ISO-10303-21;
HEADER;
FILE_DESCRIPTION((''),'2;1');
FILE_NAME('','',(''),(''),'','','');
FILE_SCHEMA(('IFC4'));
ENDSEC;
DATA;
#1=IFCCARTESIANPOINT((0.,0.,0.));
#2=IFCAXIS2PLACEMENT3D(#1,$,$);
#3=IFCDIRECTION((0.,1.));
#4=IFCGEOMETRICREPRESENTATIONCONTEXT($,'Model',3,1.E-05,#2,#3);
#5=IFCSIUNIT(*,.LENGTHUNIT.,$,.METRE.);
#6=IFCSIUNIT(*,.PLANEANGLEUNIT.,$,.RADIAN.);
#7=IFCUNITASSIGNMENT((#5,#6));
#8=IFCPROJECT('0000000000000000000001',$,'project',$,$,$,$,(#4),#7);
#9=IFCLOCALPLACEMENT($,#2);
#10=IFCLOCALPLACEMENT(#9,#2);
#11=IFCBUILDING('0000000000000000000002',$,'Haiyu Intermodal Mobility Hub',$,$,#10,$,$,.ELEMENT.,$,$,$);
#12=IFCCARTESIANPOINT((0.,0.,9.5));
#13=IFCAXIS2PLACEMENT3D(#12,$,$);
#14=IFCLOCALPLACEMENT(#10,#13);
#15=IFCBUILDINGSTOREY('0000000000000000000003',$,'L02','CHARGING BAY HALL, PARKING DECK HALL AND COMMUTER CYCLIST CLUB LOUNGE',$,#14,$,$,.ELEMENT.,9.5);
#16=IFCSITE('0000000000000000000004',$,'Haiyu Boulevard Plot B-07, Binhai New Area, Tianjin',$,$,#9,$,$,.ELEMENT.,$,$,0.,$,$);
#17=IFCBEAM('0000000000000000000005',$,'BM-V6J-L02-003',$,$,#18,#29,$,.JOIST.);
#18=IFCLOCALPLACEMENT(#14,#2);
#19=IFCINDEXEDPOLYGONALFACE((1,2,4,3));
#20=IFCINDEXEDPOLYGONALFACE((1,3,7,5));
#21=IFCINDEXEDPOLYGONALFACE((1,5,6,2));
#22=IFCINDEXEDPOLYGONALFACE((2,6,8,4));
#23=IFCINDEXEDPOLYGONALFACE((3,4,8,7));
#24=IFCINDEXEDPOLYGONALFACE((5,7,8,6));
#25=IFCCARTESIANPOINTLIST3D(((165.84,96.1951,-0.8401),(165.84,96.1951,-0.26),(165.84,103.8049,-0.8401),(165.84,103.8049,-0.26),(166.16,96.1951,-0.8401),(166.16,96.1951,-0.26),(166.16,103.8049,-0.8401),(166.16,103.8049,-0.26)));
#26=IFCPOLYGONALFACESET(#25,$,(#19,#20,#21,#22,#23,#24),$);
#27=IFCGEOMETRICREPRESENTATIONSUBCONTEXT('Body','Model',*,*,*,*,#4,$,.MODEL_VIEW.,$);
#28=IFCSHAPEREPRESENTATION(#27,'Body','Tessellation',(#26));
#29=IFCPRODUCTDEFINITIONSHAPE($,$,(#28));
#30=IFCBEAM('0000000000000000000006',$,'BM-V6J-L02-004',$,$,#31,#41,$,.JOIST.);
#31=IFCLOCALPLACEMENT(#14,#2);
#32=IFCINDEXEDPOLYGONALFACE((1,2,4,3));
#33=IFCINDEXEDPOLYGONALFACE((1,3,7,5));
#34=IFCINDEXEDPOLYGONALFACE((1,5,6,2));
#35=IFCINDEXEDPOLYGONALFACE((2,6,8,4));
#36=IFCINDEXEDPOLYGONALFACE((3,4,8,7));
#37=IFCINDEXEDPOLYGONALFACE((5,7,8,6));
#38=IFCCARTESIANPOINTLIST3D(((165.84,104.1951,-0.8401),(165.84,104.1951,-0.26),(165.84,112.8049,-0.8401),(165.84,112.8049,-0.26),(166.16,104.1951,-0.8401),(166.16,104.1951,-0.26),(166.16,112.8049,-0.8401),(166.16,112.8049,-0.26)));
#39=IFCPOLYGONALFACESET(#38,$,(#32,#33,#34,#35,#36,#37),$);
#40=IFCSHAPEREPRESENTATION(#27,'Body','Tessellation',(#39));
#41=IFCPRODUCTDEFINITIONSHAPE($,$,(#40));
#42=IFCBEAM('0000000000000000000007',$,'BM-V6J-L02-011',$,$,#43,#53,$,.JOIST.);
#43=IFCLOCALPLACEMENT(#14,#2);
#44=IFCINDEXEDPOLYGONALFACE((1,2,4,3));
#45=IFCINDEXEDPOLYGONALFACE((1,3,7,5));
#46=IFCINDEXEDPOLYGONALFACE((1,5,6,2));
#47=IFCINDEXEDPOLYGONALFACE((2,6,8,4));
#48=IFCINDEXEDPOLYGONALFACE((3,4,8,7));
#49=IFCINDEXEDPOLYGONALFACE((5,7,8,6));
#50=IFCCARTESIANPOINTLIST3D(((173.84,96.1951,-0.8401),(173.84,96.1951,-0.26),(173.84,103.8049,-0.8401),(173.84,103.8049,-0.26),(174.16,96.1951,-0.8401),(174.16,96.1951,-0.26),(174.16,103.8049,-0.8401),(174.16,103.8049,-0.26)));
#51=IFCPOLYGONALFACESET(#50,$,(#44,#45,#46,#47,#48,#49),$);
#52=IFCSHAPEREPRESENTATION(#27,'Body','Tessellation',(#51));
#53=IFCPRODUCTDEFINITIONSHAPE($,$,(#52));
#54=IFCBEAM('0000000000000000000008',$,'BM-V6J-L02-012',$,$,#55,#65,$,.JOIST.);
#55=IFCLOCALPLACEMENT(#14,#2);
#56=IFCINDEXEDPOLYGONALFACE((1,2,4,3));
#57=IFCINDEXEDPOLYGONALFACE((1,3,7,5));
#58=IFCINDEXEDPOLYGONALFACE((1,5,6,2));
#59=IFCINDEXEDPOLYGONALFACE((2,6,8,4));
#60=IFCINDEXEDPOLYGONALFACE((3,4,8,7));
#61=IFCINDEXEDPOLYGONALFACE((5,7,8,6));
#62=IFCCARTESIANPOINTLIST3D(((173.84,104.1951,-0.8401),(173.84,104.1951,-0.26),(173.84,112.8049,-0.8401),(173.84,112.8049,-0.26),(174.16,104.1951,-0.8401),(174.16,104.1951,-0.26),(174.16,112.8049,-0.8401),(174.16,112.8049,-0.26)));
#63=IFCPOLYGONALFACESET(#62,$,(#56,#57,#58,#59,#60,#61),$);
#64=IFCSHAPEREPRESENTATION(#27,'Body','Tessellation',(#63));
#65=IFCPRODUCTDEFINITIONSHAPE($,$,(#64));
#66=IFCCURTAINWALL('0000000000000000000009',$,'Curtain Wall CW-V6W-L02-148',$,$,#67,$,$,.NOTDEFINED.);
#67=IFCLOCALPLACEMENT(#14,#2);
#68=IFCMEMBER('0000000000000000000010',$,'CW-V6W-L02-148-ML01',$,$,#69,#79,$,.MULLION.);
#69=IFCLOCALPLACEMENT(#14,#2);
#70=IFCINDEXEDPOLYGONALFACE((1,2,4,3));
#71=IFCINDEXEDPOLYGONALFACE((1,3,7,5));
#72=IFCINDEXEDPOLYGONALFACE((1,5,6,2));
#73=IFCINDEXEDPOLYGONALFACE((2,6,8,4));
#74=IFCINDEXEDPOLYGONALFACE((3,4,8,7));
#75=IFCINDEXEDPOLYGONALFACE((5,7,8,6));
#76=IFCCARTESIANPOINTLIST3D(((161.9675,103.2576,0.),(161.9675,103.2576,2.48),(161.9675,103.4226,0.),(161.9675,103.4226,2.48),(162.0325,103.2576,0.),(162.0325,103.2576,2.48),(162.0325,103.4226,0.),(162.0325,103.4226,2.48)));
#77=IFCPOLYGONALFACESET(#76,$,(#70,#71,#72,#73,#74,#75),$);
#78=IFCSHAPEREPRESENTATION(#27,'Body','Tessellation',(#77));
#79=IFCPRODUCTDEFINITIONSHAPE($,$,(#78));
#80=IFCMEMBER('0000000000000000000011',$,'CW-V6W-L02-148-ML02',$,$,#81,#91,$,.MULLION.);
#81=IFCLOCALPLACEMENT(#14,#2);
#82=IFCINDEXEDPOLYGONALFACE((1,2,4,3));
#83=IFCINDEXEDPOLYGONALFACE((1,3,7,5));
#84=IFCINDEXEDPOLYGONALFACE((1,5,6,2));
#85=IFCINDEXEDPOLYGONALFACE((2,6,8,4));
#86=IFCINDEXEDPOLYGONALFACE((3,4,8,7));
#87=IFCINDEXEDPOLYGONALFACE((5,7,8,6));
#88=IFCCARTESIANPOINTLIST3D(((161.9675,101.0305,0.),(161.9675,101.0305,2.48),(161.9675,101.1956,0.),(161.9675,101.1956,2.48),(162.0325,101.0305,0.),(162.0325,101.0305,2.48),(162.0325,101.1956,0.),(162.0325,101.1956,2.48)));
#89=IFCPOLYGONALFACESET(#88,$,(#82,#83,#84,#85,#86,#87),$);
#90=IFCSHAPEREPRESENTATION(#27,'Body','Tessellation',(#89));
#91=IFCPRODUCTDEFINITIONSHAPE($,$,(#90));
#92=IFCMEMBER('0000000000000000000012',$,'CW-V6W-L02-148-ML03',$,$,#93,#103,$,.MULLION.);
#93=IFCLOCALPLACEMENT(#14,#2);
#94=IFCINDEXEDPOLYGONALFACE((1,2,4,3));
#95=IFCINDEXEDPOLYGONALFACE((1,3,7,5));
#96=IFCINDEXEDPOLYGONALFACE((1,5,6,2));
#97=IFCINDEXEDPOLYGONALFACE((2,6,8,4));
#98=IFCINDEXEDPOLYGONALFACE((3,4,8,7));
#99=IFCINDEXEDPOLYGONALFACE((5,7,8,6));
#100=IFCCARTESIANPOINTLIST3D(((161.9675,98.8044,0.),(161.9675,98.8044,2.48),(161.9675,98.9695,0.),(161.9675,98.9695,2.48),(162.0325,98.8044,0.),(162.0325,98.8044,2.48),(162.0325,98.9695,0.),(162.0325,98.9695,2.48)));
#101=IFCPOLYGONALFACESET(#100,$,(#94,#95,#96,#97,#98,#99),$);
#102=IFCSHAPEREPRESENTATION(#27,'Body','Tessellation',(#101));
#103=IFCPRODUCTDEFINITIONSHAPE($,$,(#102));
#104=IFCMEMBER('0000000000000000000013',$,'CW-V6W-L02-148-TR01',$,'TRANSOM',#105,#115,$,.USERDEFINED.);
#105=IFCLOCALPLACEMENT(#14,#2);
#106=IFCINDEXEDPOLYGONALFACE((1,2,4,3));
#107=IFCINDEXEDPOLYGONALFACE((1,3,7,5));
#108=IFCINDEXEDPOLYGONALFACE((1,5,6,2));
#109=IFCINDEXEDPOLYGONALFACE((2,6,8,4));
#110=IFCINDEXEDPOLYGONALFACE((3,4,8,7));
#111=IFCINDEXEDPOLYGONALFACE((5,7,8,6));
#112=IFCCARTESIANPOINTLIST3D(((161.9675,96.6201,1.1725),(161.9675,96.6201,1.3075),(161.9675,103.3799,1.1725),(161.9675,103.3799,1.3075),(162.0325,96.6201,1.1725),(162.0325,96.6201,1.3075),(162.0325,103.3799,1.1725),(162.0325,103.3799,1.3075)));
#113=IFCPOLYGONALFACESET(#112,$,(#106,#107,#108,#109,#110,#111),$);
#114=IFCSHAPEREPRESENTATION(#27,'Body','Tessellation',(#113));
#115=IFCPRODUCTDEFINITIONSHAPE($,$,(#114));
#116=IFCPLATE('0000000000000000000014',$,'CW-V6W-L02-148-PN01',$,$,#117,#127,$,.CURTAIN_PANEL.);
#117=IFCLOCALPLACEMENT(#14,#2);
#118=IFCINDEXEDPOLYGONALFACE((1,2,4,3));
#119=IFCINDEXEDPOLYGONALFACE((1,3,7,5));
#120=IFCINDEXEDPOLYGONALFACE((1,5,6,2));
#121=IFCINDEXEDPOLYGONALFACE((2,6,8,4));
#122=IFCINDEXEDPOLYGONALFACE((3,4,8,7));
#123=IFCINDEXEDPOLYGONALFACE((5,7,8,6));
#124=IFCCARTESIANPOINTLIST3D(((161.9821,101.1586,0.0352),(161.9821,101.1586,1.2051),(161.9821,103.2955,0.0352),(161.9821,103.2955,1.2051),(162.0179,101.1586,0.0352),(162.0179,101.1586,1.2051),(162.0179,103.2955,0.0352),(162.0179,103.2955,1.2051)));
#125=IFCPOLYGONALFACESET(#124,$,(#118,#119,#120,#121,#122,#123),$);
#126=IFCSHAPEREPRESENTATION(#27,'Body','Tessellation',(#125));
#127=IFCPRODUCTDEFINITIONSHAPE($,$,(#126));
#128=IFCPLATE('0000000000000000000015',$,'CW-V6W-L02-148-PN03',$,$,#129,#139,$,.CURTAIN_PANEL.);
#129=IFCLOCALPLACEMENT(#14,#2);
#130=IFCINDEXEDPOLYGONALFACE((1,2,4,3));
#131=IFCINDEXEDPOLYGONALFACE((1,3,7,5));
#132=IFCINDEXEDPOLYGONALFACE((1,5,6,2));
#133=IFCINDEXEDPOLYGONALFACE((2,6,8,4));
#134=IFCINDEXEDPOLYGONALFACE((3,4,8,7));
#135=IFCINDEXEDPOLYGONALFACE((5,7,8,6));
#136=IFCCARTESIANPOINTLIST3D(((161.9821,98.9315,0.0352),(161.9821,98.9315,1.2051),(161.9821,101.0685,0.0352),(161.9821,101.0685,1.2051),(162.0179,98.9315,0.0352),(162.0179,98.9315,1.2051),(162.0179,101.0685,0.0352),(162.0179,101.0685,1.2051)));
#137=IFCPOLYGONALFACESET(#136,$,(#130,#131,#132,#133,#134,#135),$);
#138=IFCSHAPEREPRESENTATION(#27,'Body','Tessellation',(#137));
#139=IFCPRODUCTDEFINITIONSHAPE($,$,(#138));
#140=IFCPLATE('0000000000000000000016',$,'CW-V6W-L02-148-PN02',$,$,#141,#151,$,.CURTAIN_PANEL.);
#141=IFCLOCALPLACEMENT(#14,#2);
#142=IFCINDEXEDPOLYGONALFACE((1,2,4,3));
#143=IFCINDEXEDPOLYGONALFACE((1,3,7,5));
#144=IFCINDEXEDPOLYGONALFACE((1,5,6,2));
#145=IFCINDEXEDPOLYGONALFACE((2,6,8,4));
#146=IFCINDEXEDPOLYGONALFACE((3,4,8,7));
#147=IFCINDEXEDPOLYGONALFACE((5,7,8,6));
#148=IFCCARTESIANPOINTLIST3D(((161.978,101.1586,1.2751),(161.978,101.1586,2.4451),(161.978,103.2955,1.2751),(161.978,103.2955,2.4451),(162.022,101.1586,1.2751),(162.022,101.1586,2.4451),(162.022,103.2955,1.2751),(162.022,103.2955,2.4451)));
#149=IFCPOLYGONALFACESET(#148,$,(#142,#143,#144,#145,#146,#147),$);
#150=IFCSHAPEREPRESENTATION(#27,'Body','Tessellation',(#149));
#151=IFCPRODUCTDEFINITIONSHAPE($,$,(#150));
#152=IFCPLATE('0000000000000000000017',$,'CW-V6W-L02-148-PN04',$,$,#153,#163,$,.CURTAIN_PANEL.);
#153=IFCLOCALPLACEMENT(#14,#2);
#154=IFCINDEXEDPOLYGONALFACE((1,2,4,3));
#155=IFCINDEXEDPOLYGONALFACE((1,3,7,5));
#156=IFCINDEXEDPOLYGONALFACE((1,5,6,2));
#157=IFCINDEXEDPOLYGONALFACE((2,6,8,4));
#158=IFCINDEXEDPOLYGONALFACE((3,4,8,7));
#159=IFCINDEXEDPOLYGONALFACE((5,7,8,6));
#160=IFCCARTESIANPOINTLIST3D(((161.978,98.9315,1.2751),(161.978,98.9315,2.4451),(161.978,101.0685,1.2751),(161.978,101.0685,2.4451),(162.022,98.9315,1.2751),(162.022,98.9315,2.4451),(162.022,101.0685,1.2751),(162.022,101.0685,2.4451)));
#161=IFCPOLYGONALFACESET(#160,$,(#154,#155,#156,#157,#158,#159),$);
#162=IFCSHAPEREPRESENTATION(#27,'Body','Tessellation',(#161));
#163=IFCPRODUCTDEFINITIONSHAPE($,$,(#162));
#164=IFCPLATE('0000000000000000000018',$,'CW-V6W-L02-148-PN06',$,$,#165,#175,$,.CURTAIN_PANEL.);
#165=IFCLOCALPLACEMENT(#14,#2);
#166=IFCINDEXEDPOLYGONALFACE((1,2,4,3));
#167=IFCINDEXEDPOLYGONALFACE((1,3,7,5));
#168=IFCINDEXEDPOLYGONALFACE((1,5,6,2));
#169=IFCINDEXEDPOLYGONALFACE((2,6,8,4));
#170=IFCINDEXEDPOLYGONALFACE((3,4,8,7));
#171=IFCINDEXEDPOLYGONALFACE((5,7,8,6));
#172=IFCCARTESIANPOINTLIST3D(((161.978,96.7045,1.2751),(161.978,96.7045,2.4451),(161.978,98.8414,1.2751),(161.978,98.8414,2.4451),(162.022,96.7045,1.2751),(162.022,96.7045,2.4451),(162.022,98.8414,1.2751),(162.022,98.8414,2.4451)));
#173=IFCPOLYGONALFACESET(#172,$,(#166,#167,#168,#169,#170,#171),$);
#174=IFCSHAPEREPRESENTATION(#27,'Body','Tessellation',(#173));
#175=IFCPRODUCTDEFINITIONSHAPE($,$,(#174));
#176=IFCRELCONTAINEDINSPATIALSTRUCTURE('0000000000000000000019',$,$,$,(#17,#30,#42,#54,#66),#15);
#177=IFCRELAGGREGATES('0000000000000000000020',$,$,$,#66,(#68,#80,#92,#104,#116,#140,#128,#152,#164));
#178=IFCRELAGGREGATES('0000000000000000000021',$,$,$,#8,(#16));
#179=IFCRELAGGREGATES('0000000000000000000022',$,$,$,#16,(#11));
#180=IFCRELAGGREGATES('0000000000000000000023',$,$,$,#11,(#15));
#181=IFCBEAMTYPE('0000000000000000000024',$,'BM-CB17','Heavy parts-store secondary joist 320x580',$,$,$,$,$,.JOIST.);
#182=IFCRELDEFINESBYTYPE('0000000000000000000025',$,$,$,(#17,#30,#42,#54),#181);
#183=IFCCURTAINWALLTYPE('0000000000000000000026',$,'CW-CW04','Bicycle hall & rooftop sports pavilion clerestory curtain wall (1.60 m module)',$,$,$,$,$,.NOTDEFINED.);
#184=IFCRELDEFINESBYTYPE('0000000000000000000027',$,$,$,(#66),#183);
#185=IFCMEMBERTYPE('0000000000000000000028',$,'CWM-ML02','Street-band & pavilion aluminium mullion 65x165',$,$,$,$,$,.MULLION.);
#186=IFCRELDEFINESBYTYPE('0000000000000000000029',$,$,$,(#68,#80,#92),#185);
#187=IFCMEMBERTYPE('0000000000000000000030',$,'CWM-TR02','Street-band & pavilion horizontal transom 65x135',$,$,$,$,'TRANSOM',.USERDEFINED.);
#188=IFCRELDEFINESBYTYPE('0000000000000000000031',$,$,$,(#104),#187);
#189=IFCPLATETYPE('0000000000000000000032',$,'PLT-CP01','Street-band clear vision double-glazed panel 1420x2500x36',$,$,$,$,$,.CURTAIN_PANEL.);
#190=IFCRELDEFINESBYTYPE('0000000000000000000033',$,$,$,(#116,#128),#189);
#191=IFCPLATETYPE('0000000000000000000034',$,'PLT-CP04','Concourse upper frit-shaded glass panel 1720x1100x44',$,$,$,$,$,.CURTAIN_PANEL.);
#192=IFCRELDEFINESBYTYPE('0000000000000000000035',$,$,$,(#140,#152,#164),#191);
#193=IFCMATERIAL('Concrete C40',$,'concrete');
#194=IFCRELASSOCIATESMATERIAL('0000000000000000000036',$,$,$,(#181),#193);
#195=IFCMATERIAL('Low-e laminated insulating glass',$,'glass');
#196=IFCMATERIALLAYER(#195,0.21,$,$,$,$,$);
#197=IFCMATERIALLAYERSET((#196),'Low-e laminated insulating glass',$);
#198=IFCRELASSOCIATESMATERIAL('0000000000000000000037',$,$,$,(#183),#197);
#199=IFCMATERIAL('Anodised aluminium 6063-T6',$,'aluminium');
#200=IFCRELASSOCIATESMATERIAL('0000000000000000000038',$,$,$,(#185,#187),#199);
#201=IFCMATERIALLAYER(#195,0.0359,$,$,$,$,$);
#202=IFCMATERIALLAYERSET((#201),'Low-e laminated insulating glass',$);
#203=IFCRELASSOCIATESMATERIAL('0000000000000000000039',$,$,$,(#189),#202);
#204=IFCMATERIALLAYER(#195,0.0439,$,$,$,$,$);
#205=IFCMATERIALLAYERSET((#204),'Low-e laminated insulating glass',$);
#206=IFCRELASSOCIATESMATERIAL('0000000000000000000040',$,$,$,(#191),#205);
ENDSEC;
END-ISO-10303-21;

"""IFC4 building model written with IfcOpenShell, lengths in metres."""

from ifc_helpers import new_model, si_unit, direction, frame, origin, origin_2d, place, context, subcontext, project, spatial, rectangle, extrude, material, layer, layer_set, material_profile, profile_set, type_object, element, aggregate, save


model = new_model("IFC4")

# Units and contexts
model_context = context("Model", 3, precision=1e-05, world=origin(), true_north=direction((0.0, 1.0)))
body_context = subcontext(model_context, "Body", "Model", "MODEL_VIEW")
ifc_project = project(units=[si_unit("LENGTHUNIT", "METRE"), si_unit("PLANEANGLEUNIT", "RADIAN")], contexts=[model_context])

# Site, building, storey
site_placement = place(None, origin())
site = spatial("IfcSite", under=ifc_project, at=site_placement, Name="Haiyu Boulevard Plot B-07, Binhai New Area, Tianjin", CompositionType="ELEMENT", RefElevation=0.0)
building_placement = place(site_placement, origin())
building = spatial("IfcBuilding", under=site, at=building_placement, Name="Haiyu Intermodal Mobility Hub", CompositionType="ELEMENT")
storey_placement = place(building_placement, frame((0.0, 0.0, 9.5)))
storey = spatial("IfcBuildingStorey", under=building, at=storey_placement, Name="L02", Description="CHARGING BAY HALL, PARKING DECK HALL AND COMMUTER CYCLIST CLUB LOUNGE", CompositionType="ELEMENT", Elevation=9.5)

# Shared definitions
ifc_material_1 = material(Name="Concrete C40", Category="concrete")

# Beams
ifc_material_profile_1 = material_profile(ifc_material_1, rectangle(XDim=0.3201, YDim=0.5801, at=origin_2d()), Name="B320x580")
ifc_profile_set_1 = profile_set([ifc_material_profile_1], Name="Concrete C40")
beam_type_1 = type_object("IfcBeamType", Name="BM-CB17", Description="Heavy parts-store secondary joist 320x580", PredefinedType="JOIST", material=ifc_profile_set_1)
beam_1_placement = place(storey_placement, frame((166.0, 96.1951, -0.55), z_axis=(0.0, 1.0, 0.0), x_axis=(-1.0, 0.0, 0.0)))
element("IfcBeam", 1, at=beam_1_placement, inside=storey, type_object=beam_type_1, Name="BM-V6J-L02-003", PredefinedType="JOIST", context=body_context, shape_type="SweptSolid", body=[
    extrude(rectangle(XDim=0.3201, YDim=0.5801, at=origin_2d()), origin(), (0.0, 0.0, 1.0), 7.6099),
])
beam_2_placement = place(storey_placement, frame((166.0, 104.1951, -0.55), z_axis=(0.0, 1.0, 0.0), x_axis=(-1.0, 0.0, 0.0)))
element("IfcBeam", 2, at=beam_2_placement, inside=storey, type_object=beam_type_1, Name="BM-V6J-L02-004", PredefinedType="JOIST", context=body_context, shape_type="SweptSolid", body=[
    extrude(rectangle(XDim=0.3201, YDim=0.5801, at=origin_2d()), origin(), (0.0, 0.0, 1.0), 8.6099),
])
beam_3_placement = place(storey_placement, frame((174.0, 96.1951, -0.55), z_axis=(0.0, 1.0, 0.0), x_axis=(-1.0, 0.0, 0.0)))
element("IfcBeam", 3, at=beam_3_placement, inside=storey, type_object=beam_type_1, Name="BM-V6J-L02-011", PredefinedType="JOIST", context=body_context, shape_type="SweptSolid", body=[
    extrude(rectangle(XDim=0.3201, YDim=0.5801, at=origin_2d()), origin(), (0.0, 0.0, 1.0), 7.6099),
])
beam_4_placement = place(storey_placement, frame((174.0, 104.1951, -0.55), z_axis=(0.0, 1.0, 0.0), x_axis=(-1.0, 0.0, 0.0)))
element("IfcBeam", 4, at=beam_4_placement, inside=storey, type_object=beam_type_1, Name="BM-V6J-L02-012", PredefinedType="JOIST", context=body_context, shape_type="SweptSolid", body=[
    extrude(rectangle(XDim=0.3201, YDim=0.5801, at=origin_2d()), origin(), (0.0, 0.0, 1.0), 8.6099),
])

# Curtain wall, members, plates
ifc_material_2 = material(Name="Low-e laminated insulating glass", Category="glass")
ifc_layer_1 = layer(ifc_material_2, 0.21)
ifc_layer_set_1 = layer_set([ifc_layer_1], Name="Low-e laminated insulating glass")
curtain_wall_type = type_object("IfcCurtainWallType", Name="CW-CW04", Description="Bicycle hall & rooftop sports pavilion clerestory curtain wall (1.60 m module)", PredefinedType="NOTDEFINED", material=ifc_layer_set_1)
curtain_wall_placement = place(storey_placement, origin())
curtain_wall = element("IfcCurtainWall", 5, at=curtain_wall_placement, inside=storey, type_object=curtain_wall_type, Name="Curtain Wall CW-V6W-L02-148", PredefinedType="NOTDEFINED")
ifc_material_3 = material(Name="Anodised aluminium 6063-T6", Category="aluminium")
ifc_material_profile_2 = material_profile(ifc_material_3, rectangle(XDim=0.0649, YDim=0.165, at=origin_2d()), Name="ALU65x165")
ifc_profile_set_2 = profile_set([ifc_material_profile_2], Name="Anodised aluminium 6063-T6")
member_type_1 = type_object("IfcMemberType", Name="CWM-ML02", Description="Street-band & pavilion aluminium mullion 65x165", PredefinedType="MULLION", material=ifc_profile_set_2)
member_1_placement = place(storey_placement, frame((162.0, 103.3401, 0.0), z_axis=(0.0, 0.0, 1.0), x_axis=(1.0, 0.0, 0.0)))
member_1 = element("IfcMember", 6, at=member_1_placement, type_object=member_type_1, Name="CW-V6W-L02-148-ML01", PredefinedType="MULLION", context=body_context, shape_type="SweptSolid", body=[
    extrude(rectangle(XDim=0.0649, YDim=0.165, at=origin_2d()), origin(), (0.0, 0.0, 1.0), 2.48),
])
member_2_placement = place(storey_placement, frame((162.0, 101.113, 0.0), z_axis=(0.0, 0.0, 1.0), x_axis=(1.0, 0.0, 0.0)))
member_2 = element("IfcMember", 7, at=member_2_placement, type_object=member_type_1, Name="CW-V6W-L02-148-ML02", PredefinedType="MULLION", context=body_context, shape_type="SweptSolid", body=[
    extrude(rectangle(XDim=0.0649, YDim=0.165, at=origin_2d()), origin(), (0.0, 0.0, 1.0), 2.48),
])
member_3_placement = place(storey_placement, frame((162.0, 98.887, 0.0), z_axis=(0.0, 0.0, 1.0), x_axis=(1.0, 0.0, 0.0)))
member_3 = element("IfcMember", 8, at=member_3_placement, type_object=member_type_1, Name="CW-V6W-L02-148-ML03", PredefinedType="MULLION", context=body_context, shape_type="SweptSolid", body=[
    extrude(rectangle(XDim=0.0649, YDim=0.165, at=origin_2d()), origin(), (0.0, 0.0, 1.0), 2.48),
])
ifc_material_profile_3 = material_profile(ifc_material_3, rectangle(XDim=0.0649, YDim=0.135, at=origin_2d()), Name="ALU65x135")
ifc_profile_set_3 = profile_set([ifc_material_profile_3], Name="Anodised aluminium 6063-T6")
member_type_2 = type_object("IfcMemberType", Name="CWM-TR02", Description="Street-band & pavilion horizontal transom 65x135", ElementType="TRANSOM", PredefinedType="USERDEFINED", material=ifc_profile_set_3)
member_4_placement = place(storey_placement, frame((162.0, 103.3799, 1.24), z_axis=(0.0, -1.0, 0.0), x_axis=(1.0, 0.0, 0.0)))
member_4 = element("IfcMember", 9, at=member_4_placement, type_object=member_type_2, Name="CW-V6W-L02-148-TR01", ObjectType="TRANSOM", PredefinedType="USERDEFINED", context=body_context, shape_type="SweptSolid", body=[
    extrude(rectangle(XDim=0.0649, YDim=0.135, at=origin_2d()), origin(), (0.0, 0.0, 1.0), 6.7598),
])
ifc_layer_2 = layer(ifc_material_2, 0.0359)
ifc_layer_set_2 = layer_set([ifc_layer_2], Name="Low-e laminated insulating glass")
plate_type_1 = type_object("IfcPlateType", Name="PLT-CP01", Description="Street-band clear vision double-glazed panel 1420x2500x36", PredefinedType="CURTAIN_PANEL", material=ifc_layer_set_2)
plate_1_placement = place(storey_placement, frame((162.0, 102.2271, 0.0352), z_axis=(0.0, 0.0, 1.0), x_axis=(0.0, -1.0, 0.0)))
plate_1 = element("IfcPlate", 10, at=plate_1_placement, type_object=plate_type_1, Name="CW-V6W-L02-148-PN01", PredefinedType="CURTAIN_PANEL", context=body_context, shape_type="SweptSolid", body=[
    extrude(rectangle(XDim=2.137, YDim=0.0359, at=origin_2d()), origin(), (0.0, 0.0, 1.0), 1.1699),
])
plate_2_placement = place(storey_placement, frame((162.0, 100.0, 0.0352), z_axis=(0.0, 0.0, 1.0), x_axis=(0.0, -1.0, 0.0)))
plate_2 = element("IfcPlate", 11, at=plate_2_placement, type_object=plate_type_1, Name="CW-V6W-L02-148-PN03", PredefinedType="CURTAIN_PANEL", context=body_context, shape_type="SweptSolid", body=[
    extrude(rectangle(XDim=2.137, YDim=0.0359, at=origin_2d()), origin(), (0.0, 0.0, 1.0), 1.1699),
])
ifc_layer_3 = layer(ifc_material_2, 0.0439)
ifc_layer_set_3 = layer_set([ifc_layer_3], Name="Low-e laminated insulating glass")
plate_type_2 = type_object("IfcPlateType", Name="PLT-CP04", Description="Concourse upper frit-shaded glass panel 1720x1100x44", PredefinedType="CURTAIN_PANEL", material=ifc_layer_set_3)
plate_3_placement = place(storey_placement, frame((162.0, 102.2271, 1.2751), z_axis=(0.0, 0.0, 1.0), x_axis=(0.0, -1.0, 0.0)))
plate_3 = element("IfcPlate", 12, at=plate_3_placement, type_object=plate_type_2, Name="CW-V6W-L02-148-PN02", PredefinedType="CURTAIN_PANEL", context=body_context, shape_type="SweptSolid", body=[
    extrude(rectangle(XDim=2.137, YDim=0.0439, at=origin_2d()), origin(), (0.0, 0.0, 1.0), 1.1699),
])
plate_4_placement = place(storey_placement, frame((162.0, 100.0, 1.2751), z_axis=(0.0, 0.0, 1.0), x_axis=(0.0, -1.0, 0.0)))
plate_4 = element("IfcPlate", 13, at=plate_4_placement, type_object=plate_type_2, Name="CW-V6W-L02-148-PN04", PredefinedType="CURTAIN_PANEL", context=body_context, shape_type="SweptSolid", body=[
    extrude(rectangle(XDim=2.137, YDim=0.0439, at=origin_2d()), origin(), (0.0, 0.0, 1.0), 1.1699),
])
plate_5_placement = place(storey_placement, frame((162.0, 97.7729, 1.2751), z_axis=(0.0, 0.0, 1.0), x_axis=(0.0, -1.0, 0.0)))
plate_5 = element("IfcPlate", 14, at=plate_5_placement, type_object=plate_type_2, Name="CW-V6W-L02-148-PN06", PredefinedType="CURTAIN_PANEL", context=body_context, shape_type="SweptSolid", body=[
    extrude(rectangle(XDim=2.137, YDim=0.0439, at=origin_2d()), origin(), (0.0, 0.0, 1.0), 1.1699),
])
aggregate(curtain_wall, [member_1, member_2, member_3, member_4, plate_1, plate_3, plate_2, plate_4, plate_5])

save(model, "model.ifc")
